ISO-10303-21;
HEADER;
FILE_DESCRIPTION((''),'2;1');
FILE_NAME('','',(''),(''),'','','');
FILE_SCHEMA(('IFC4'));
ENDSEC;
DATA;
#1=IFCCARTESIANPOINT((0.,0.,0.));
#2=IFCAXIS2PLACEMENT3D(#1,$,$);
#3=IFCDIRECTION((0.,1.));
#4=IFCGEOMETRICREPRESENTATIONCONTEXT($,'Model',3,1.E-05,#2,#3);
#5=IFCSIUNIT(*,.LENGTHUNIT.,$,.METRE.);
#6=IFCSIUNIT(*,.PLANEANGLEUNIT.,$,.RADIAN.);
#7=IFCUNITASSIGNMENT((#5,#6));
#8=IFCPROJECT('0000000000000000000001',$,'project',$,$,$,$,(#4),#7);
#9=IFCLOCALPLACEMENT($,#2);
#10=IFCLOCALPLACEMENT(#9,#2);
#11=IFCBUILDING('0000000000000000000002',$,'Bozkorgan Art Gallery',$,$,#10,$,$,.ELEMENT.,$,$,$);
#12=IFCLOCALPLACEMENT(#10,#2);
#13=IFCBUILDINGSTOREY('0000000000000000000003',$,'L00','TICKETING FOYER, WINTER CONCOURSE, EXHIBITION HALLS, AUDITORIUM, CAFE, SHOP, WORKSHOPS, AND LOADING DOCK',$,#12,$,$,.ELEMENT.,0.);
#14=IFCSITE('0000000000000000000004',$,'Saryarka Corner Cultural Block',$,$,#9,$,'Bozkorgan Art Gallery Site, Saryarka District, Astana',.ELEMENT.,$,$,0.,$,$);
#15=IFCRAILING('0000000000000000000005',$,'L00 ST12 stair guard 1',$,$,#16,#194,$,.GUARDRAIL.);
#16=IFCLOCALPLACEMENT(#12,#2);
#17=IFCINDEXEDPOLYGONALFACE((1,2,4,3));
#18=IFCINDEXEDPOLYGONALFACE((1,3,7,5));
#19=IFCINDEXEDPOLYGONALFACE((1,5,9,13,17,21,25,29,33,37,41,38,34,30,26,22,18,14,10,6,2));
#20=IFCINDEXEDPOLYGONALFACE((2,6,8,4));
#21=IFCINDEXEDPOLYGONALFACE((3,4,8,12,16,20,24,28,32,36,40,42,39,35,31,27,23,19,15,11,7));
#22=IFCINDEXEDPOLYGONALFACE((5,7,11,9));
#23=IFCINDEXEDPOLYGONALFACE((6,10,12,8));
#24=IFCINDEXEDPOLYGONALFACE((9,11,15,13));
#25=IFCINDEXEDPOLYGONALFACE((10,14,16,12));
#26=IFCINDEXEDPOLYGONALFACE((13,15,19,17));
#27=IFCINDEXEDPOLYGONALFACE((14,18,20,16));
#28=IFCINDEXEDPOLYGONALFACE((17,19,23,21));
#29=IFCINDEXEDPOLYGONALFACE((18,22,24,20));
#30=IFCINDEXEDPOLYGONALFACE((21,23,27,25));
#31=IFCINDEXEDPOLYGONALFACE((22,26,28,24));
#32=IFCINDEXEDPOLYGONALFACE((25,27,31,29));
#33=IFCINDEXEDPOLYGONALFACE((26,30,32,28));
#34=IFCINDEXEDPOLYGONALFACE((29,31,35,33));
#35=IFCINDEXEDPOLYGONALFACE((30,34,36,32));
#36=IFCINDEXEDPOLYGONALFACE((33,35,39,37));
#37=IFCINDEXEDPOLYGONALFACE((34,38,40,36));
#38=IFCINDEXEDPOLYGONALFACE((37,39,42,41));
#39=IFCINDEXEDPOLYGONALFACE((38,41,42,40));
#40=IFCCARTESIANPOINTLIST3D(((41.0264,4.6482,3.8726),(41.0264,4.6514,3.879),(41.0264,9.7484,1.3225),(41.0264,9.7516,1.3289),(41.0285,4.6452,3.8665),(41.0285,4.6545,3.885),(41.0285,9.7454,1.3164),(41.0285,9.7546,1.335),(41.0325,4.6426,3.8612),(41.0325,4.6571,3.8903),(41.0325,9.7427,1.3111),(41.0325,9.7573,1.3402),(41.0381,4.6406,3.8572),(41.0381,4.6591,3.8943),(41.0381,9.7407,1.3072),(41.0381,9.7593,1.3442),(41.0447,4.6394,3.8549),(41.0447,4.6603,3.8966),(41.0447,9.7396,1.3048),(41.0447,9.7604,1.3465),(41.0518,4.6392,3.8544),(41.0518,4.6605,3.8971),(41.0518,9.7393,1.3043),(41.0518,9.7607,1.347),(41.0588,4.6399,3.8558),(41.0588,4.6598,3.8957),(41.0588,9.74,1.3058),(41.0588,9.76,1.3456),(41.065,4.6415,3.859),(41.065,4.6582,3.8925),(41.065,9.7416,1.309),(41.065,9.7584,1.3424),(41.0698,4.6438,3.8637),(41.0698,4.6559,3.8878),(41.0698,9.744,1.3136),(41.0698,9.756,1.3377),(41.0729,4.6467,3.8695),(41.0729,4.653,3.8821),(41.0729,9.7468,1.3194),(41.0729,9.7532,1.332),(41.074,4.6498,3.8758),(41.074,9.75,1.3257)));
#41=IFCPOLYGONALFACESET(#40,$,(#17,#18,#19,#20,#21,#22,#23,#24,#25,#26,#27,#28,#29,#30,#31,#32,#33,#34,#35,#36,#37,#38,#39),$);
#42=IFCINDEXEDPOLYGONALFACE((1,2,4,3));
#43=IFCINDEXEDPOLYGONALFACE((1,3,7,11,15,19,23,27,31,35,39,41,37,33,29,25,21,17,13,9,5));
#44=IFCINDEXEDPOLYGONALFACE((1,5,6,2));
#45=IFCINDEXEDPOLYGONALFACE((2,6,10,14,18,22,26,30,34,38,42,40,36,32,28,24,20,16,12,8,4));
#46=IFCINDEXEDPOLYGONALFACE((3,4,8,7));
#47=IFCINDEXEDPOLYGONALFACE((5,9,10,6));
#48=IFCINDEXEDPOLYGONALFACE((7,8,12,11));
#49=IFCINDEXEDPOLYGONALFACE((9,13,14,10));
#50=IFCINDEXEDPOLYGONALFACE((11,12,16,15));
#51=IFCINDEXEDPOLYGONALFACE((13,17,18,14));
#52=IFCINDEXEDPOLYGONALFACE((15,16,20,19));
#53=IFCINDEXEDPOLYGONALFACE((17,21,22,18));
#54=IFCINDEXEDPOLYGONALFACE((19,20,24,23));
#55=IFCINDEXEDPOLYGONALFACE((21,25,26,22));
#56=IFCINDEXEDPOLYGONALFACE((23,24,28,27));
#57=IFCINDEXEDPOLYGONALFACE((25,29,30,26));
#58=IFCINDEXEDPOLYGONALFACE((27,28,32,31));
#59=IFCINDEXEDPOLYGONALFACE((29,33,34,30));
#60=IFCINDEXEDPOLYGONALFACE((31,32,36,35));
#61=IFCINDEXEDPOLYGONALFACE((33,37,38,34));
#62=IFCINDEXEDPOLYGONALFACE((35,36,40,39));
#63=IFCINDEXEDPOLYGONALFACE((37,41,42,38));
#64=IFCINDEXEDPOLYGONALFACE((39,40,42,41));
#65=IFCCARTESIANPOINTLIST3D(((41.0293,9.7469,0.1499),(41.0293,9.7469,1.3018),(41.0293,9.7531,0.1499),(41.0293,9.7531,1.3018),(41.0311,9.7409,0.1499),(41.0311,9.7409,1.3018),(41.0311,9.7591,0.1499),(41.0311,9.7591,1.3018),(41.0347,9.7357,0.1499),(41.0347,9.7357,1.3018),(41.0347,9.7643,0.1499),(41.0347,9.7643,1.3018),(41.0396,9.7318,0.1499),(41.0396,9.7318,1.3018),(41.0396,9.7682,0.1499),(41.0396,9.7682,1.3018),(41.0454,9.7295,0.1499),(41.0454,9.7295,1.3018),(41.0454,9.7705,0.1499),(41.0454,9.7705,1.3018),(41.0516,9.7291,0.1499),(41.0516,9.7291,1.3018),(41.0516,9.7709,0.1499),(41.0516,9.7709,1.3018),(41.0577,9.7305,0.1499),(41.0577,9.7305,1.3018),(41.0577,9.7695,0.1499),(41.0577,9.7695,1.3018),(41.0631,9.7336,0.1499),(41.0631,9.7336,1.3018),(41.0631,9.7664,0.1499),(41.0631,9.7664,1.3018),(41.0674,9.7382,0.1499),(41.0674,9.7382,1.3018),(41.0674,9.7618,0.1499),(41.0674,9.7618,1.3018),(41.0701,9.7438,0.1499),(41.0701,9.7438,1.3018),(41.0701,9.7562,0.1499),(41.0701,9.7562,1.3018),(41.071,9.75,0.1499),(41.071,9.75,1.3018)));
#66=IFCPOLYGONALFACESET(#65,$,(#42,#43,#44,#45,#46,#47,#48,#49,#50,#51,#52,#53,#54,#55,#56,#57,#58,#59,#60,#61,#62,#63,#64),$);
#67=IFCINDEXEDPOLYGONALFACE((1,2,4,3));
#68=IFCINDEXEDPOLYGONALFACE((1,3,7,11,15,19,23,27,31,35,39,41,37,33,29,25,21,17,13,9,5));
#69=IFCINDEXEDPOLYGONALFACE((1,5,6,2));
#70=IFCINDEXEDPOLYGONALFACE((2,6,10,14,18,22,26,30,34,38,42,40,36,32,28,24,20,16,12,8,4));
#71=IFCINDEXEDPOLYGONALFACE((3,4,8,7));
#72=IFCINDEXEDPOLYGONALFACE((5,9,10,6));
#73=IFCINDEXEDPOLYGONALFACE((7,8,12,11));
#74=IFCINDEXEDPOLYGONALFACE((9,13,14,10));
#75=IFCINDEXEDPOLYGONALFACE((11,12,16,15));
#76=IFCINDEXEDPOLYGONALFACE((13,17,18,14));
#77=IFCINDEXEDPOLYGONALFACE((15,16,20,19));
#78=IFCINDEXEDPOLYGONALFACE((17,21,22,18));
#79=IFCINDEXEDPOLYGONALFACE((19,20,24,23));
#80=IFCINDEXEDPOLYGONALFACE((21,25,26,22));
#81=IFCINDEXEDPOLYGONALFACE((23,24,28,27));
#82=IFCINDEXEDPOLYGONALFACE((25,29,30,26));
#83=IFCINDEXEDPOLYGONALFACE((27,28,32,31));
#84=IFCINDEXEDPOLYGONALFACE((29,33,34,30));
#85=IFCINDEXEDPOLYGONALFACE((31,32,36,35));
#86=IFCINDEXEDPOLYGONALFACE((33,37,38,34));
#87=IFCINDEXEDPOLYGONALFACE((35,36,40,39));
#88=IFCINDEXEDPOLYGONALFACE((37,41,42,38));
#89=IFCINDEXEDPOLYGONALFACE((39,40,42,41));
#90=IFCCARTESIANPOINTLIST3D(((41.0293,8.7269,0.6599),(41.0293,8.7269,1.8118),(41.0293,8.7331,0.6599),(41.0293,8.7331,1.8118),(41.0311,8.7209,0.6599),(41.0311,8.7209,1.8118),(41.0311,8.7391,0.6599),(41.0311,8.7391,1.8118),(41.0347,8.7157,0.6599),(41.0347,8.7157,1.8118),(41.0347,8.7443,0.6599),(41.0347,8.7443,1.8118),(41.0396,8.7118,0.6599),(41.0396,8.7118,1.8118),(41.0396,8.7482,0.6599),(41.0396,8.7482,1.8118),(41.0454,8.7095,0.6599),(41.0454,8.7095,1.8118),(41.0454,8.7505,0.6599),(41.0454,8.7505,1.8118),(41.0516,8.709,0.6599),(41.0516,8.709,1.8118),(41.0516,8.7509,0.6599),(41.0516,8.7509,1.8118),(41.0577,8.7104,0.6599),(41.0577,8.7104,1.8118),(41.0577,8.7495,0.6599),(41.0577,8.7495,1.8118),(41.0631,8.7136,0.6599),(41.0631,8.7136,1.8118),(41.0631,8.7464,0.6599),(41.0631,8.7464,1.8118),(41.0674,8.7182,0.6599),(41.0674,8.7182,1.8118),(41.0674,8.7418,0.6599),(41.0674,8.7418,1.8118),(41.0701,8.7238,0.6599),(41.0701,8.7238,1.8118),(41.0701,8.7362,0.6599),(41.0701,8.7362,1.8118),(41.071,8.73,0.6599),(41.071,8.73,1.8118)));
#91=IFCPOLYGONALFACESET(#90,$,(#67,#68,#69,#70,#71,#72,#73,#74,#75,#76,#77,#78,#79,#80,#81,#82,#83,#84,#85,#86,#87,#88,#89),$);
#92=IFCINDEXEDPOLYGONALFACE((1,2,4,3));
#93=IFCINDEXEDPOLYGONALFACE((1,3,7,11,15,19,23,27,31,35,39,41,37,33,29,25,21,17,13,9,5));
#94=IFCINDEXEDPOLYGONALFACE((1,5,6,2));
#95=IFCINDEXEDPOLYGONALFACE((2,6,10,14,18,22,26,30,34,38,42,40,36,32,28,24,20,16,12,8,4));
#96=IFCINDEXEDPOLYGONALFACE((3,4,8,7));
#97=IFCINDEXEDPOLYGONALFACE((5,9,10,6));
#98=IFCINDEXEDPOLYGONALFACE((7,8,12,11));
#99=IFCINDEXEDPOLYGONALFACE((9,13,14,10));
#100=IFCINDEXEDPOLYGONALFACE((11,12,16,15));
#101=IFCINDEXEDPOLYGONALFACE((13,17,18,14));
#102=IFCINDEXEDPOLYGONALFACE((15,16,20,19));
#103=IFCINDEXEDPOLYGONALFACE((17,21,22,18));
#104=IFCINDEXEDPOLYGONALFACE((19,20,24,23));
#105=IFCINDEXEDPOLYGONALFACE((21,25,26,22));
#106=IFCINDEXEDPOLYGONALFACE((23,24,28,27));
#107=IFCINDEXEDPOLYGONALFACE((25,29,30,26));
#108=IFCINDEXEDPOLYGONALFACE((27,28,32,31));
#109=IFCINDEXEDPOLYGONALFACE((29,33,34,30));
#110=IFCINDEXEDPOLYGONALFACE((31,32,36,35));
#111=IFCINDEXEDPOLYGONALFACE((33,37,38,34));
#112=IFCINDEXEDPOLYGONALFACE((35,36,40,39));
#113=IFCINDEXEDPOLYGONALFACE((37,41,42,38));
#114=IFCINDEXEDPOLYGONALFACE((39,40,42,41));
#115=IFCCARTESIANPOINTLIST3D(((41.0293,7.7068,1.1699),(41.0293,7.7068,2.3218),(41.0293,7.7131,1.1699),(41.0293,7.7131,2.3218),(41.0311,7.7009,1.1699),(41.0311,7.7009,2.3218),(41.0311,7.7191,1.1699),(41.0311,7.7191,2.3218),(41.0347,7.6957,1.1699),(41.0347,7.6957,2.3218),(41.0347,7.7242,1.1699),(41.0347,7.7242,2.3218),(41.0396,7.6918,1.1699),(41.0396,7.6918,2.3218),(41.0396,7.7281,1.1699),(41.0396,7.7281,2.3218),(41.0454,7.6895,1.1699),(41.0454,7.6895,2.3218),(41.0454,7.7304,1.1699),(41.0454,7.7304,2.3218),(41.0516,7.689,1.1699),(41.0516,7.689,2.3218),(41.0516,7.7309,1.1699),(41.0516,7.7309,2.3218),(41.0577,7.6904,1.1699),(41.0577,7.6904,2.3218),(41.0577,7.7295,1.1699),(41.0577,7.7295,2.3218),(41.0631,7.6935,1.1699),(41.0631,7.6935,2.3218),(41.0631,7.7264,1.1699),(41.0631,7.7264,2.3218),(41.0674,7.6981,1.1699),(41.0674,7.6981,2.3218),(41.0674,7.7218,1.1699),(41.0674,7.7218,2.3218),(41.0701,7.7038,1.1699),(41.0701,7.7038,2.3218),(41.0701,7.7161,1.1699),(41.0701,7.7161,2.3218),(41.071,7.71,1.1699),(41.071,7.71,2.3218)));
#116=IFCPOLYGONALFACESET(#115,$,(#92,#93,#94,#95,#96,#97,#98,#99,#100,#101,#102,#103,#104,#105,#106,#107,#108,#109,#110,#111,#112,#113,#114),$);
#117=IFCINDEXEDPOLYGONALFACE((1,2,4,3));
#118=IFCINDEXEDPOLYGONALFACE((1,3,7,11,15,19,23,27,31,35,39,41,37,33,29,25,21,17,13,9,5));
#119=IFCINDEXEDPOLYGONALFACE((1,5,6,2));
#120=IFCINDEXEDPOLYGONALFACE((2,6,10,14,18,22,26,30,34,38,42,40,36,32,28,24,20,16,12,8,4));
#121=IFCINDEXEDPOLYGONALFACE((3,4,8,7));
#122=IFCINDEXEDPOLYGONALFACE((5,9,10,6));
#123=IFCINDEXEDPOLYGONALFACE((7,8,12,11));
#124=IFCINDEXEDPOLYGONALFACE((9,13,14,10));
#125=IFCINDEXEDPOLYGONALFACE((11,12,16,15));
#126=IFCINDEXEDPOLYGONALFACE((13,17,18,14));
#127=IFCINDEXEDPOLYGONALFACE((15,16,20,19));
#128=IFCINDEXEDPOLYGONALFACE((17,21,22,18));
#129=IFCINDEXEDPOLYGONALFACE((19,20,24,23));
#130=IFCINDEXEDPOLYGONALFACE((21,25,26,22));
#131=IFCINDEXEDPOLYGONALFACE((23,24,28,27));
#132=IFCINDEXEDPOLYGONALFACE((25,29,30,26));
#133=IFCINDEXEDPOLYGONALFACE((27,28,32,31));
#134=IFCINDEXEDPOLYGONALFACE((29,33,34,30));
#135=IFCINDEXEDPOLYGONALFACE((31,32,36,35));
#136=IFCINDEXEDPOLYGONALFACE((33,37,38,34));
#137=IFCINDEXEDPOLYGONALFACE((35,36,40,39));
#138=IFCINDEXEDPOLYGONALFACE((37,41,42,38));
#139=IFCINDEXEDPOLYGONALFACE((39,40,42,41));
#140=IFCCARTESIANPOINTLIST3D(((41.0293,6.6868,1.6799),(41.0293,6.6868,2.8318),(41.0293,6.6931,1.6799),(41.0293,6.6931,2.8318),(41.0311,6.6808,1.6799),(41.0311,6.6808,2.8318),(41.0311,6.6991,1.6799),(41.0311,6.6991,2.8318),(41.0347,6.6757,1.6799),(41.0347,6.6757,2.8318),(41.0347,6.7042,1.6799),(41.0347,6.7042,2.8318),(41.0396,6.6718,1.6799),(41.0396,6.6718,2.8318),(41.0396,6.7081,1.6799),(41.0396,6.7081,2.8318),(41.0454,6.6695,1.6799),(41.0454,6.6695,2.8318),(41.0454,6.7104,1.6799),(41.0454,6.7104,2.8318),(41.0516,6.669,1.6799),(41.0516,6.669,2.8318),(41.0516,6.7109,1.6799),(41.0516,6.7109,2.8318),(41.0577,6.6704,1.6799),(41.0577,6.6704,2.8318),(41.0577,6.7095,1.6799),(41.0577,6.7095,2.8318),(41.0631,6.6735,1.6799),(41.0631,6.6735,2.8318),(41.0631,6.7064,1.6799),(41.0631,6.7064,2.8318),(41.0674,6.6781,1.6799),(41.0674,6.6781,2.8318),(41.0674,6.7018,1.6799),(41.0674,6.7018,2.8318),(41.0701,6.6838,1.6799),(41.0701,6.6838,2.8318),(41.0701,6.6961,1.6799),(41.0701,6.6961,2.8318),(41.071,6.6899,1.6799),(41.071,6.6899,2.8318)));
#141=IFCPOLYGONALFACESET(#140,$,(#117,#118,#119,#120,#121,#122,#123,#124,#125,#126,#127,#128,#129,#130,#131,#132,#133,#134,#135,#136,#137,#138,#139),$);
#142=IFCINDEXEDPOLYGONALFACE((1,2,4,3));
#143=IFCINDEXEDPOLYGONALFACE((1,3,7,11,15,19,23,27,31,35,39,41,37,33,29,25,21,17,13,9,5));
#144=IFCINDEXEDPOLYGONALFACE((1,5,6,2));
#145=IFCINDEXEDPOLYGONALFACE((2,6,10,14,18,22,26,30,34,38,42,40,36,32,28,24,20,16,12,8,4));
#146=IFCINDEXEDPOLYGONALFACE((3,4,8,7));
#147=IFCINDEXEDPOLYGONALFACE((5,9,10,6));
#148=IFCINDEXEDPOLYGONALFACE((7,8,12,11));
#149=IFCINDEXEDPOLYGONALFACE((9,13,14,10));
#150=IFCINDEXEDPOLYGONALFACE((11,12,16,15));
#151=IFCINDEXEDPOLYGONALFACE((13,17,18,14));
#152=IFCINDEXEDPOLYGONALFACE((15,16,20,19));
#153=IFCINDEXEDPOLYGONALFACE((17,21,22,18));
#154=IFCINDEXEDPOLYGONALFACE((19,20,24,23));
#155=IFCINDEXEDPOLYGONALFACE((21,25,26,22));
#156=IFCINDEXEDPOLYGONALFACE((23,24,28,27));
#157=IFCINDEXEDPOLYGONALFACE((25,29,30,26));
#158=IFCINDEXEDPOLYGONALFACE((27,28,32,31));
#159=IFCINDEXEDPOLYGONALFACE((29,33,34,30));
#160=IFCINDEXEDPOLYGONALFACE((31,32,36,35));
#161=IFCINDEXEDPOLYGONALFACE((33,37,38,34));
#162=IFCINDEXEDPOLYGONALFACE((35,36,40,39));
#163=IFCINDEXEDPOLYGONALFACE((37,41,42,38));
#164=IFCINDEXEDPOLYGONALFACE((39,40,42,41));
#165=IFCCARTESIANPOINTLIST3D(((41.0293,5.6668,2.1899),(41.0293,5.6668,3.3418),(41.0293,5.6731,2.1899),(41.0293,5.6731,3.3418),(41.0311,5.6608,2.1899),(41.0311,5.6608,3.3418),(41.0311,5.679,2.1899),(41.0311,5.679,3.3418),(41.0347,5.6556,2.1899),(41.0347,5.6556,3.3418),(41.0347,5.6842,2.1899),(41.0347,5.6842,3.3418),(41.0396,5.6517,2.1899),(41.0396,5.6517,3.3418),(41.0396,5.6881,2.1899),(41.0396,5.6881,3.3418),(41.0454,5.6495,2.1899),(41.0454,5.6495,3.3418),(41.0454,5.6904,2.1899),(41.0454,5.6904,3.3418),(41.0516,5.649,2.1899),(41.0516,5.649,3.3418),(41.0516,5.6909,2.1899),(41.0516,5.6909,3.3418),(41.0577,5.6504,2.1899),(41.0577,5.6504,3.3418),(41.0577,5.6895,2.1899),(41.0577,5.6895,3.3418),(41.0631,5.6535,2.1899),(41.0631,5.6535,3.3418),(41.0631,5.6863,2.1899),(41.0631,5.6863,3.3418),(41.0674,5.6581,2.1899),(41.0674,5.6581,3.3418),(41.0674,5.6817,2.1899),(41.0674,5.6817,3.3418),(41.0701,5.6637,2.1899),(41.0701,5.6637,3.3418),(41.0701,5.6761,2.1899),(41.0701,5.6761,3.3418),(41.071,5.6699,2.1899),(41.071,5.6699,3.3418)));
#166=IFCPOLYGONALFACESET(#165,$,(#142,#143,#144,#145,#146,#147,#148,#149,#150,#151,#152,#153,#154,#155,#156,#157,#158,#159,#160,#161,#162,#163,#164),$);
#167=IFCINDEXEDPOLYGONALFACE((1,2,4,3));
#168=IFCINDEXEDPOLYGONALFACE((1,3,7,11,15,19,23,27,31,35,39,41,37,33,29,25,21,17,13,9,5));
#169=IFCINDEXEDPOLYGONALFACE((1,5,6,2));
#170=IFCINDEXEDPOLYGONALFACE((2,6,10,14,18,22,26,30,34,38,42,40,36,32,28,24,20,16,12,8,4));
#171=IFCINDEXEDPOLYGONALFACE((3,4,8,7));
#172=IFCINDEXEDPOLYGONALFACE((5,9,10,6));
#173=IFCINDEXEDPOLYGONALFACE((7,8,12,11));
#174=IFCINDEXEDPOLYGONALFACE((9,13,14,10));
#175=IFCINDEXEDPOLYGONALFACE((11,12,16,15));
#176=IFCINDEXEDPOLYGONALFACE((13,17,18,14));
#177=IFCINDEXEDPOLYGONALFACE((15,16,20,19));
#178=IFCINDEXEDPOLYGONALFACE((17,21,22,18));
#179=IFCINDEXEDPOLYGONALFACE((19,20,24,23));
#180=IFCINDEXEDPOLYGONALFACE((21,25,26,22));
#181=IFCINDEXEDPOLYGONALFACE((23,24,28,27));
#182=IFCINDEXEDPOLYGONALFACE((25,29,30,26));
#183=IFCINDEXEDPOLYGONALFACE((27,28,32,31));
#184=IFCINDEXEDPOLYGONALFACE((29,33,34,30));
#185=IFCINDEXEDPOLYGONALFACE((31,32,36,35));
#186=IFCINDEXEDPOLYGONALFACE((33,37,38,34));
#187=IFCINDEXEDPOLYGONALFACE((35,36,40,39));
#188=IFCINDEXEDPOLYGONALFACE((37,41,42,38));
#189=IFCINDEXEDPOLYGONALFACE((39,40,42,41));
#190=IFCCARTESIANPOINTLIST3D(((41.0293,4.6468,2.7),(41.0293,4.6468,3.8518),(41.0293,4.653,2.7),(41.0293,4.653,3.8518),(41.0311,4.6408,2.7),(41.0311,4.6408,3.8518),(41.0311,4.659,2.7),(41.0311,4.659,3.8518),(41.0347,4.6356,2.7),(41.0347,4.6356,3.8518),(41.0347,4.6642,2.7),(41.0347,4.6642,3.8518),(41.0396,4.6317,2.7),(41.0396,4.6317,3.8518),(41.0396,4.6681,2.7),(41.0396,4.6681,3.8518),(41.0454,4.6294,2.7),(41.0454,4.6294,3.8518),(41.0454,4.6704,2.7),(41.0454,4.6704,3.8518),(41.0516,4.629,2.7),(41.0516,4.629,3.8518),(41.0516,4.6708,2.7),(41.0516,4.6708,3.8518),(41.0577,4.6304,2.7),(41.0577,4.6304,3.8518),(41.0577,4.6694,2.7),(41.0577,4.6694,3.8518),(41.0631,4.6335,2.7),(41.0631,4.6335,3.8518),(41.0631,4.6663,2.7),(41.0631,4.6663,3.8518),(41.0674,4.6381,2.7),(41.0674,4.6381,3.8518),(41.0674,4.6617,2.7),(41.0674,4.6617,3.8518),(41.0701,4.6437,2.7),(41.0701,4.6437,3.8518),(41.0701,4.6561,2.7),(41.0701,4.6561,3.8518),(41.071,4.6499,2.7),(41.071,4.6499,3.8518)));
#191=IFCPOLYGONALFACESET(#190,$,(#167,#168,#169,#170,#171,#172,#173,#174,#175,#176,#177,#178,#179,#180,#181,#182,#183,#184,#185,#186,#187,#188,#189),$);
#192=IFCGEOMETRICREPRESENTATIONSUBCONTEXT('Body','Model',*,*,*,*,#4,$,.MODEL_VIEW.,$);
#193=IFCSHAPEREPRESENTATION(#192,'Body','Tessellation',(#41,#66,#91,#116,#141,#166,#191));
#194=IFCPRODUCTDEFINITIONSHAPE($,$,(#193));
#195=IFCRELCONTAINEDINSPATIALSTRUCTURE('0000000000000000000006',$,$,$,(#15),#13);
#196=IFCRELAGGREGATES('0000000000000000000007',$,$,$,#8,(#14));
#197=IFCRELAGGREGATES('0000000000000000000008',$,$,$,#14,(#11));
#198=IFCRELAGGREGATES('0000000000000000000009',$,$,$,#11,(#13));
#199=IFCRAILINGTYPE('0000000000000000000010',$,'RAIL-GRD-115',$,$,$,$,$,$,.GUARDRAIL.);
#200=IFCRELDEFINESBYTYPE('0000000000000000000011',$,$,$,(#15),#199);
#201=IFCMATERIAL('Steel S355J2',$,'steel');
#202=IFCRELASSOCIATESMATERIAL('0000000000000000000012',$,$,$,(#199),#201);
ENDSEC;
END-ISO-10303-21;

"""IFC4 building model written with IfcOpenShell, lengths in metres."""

from ifc_helpers import new_model, si_unit, direction, frame, origin, origin_2d, place, context, subcontext, project, spatial, circle, extrude, material, type_object, element, save


model = new_model("IFC4")

# Units and contexts
model_context = context("Model", 3, precision=1e-05, world=origin(), true_north=direction((0.0, 1.0)))
body_context = subcontext(model_context, "Body", "Model", "MODEL_VIEW")
ifc_project = project(units=[si_unit("LENGTHUNIT", "METRE"), si_unit("PLANEANGLEUNIT", "RADIAN")], contexts=[model_context])

# Site, building, storey
site_placement = place(None, origin())
site = spatial("IfcSite", under=ifc_project, at=site_placement, Name="Saryarka Corner Cultural Block", LongName="Bozkorgan Art Gallery Site, Saryarka District, Astana", CompositionType="ELEMENT", RefElevation=0.0)
building_placement = place(site_placement, origin())
building = spatial("IfcBuilding", under=site, at=building_placement, Name="Bozkorgan Art Gallery", CompositionType="ELEMENT")
storey_placement = place(building_placement, origin())
storey = spatial("IfcBuildingStorey", under=building, at=storey_placement, Name="L00", Description="TICKETING FOYER, WINTER CONCOURSE, EXHIBITION HALLS, AUDITORIUM, CAFE, SHOP, WORKSHOPS, AND LOADING DOCK", CompositionType="ELEMENT", Elevation=0.0)

# Shared definitions
ifc_material_1 = material(Name="Steel S355J2", Category="steel")

# Railing
railing_type_1 = type_object("IfcRailingType", Name="RAIL-GRD-115", PredefinedType="GUARDRAIL", material=ifc_material_1)
railing_1_placement = place(storey_placement, frame((41.05, 9.75, 0.1499)))
element("IfcRailing", 1, at=railing_1_placement, inside=storey, type_object=railing_type_1, Name="L00 ST12 stair guard 1", PredefinedType="GUARDRAIL", context=body_context, shape_type="SweptSolid", body=[
    extrude(circle(Radius=0.0239, at=origin_2d()), frame((0.0, 0.0, 1.1758), z_axis=(0.0, -0.894427, 0.447214), x_axis=(1.0, 0.0, 0.0)), (0.0, 0.0, 1.0), 5.7021),
    extrude(circle(Radius=0.021, at=origin_2d()), origin(), (0.0, 0.0, 1.0), 1.1519),
    extrude(circle(Radius=0.021, at=origin_2d()), frame((0.0, -1.02, 0.51)), (0.0, 0.0, 1.0), 1.1519),
    extrude(circle(Radius=0.021, at=origin_2d()), frame((0.0, -2.04, 1.02)), (0.0, 0.0, 1.0), 1.1519),
    extrude(circle(Radius=0.021, at=origin_2d()), frame((0.0, -3.0601, 1.53)), (0.0, 0.0, 1.0), 1.1519),
    extrude(circle(Radius=0.021, at=origin_2d()), frame((0.0, -4.0801, 2.04)), (0.0, 0.0, 1.0), 1.1519),
    extrude(circle(Radius=0.021, at=origin_2d()), frame((0.0, -5.1001, 2.55)), (0.0, 0.0, 1.0), 1.1519),
])

save(model, "model.ifc")
